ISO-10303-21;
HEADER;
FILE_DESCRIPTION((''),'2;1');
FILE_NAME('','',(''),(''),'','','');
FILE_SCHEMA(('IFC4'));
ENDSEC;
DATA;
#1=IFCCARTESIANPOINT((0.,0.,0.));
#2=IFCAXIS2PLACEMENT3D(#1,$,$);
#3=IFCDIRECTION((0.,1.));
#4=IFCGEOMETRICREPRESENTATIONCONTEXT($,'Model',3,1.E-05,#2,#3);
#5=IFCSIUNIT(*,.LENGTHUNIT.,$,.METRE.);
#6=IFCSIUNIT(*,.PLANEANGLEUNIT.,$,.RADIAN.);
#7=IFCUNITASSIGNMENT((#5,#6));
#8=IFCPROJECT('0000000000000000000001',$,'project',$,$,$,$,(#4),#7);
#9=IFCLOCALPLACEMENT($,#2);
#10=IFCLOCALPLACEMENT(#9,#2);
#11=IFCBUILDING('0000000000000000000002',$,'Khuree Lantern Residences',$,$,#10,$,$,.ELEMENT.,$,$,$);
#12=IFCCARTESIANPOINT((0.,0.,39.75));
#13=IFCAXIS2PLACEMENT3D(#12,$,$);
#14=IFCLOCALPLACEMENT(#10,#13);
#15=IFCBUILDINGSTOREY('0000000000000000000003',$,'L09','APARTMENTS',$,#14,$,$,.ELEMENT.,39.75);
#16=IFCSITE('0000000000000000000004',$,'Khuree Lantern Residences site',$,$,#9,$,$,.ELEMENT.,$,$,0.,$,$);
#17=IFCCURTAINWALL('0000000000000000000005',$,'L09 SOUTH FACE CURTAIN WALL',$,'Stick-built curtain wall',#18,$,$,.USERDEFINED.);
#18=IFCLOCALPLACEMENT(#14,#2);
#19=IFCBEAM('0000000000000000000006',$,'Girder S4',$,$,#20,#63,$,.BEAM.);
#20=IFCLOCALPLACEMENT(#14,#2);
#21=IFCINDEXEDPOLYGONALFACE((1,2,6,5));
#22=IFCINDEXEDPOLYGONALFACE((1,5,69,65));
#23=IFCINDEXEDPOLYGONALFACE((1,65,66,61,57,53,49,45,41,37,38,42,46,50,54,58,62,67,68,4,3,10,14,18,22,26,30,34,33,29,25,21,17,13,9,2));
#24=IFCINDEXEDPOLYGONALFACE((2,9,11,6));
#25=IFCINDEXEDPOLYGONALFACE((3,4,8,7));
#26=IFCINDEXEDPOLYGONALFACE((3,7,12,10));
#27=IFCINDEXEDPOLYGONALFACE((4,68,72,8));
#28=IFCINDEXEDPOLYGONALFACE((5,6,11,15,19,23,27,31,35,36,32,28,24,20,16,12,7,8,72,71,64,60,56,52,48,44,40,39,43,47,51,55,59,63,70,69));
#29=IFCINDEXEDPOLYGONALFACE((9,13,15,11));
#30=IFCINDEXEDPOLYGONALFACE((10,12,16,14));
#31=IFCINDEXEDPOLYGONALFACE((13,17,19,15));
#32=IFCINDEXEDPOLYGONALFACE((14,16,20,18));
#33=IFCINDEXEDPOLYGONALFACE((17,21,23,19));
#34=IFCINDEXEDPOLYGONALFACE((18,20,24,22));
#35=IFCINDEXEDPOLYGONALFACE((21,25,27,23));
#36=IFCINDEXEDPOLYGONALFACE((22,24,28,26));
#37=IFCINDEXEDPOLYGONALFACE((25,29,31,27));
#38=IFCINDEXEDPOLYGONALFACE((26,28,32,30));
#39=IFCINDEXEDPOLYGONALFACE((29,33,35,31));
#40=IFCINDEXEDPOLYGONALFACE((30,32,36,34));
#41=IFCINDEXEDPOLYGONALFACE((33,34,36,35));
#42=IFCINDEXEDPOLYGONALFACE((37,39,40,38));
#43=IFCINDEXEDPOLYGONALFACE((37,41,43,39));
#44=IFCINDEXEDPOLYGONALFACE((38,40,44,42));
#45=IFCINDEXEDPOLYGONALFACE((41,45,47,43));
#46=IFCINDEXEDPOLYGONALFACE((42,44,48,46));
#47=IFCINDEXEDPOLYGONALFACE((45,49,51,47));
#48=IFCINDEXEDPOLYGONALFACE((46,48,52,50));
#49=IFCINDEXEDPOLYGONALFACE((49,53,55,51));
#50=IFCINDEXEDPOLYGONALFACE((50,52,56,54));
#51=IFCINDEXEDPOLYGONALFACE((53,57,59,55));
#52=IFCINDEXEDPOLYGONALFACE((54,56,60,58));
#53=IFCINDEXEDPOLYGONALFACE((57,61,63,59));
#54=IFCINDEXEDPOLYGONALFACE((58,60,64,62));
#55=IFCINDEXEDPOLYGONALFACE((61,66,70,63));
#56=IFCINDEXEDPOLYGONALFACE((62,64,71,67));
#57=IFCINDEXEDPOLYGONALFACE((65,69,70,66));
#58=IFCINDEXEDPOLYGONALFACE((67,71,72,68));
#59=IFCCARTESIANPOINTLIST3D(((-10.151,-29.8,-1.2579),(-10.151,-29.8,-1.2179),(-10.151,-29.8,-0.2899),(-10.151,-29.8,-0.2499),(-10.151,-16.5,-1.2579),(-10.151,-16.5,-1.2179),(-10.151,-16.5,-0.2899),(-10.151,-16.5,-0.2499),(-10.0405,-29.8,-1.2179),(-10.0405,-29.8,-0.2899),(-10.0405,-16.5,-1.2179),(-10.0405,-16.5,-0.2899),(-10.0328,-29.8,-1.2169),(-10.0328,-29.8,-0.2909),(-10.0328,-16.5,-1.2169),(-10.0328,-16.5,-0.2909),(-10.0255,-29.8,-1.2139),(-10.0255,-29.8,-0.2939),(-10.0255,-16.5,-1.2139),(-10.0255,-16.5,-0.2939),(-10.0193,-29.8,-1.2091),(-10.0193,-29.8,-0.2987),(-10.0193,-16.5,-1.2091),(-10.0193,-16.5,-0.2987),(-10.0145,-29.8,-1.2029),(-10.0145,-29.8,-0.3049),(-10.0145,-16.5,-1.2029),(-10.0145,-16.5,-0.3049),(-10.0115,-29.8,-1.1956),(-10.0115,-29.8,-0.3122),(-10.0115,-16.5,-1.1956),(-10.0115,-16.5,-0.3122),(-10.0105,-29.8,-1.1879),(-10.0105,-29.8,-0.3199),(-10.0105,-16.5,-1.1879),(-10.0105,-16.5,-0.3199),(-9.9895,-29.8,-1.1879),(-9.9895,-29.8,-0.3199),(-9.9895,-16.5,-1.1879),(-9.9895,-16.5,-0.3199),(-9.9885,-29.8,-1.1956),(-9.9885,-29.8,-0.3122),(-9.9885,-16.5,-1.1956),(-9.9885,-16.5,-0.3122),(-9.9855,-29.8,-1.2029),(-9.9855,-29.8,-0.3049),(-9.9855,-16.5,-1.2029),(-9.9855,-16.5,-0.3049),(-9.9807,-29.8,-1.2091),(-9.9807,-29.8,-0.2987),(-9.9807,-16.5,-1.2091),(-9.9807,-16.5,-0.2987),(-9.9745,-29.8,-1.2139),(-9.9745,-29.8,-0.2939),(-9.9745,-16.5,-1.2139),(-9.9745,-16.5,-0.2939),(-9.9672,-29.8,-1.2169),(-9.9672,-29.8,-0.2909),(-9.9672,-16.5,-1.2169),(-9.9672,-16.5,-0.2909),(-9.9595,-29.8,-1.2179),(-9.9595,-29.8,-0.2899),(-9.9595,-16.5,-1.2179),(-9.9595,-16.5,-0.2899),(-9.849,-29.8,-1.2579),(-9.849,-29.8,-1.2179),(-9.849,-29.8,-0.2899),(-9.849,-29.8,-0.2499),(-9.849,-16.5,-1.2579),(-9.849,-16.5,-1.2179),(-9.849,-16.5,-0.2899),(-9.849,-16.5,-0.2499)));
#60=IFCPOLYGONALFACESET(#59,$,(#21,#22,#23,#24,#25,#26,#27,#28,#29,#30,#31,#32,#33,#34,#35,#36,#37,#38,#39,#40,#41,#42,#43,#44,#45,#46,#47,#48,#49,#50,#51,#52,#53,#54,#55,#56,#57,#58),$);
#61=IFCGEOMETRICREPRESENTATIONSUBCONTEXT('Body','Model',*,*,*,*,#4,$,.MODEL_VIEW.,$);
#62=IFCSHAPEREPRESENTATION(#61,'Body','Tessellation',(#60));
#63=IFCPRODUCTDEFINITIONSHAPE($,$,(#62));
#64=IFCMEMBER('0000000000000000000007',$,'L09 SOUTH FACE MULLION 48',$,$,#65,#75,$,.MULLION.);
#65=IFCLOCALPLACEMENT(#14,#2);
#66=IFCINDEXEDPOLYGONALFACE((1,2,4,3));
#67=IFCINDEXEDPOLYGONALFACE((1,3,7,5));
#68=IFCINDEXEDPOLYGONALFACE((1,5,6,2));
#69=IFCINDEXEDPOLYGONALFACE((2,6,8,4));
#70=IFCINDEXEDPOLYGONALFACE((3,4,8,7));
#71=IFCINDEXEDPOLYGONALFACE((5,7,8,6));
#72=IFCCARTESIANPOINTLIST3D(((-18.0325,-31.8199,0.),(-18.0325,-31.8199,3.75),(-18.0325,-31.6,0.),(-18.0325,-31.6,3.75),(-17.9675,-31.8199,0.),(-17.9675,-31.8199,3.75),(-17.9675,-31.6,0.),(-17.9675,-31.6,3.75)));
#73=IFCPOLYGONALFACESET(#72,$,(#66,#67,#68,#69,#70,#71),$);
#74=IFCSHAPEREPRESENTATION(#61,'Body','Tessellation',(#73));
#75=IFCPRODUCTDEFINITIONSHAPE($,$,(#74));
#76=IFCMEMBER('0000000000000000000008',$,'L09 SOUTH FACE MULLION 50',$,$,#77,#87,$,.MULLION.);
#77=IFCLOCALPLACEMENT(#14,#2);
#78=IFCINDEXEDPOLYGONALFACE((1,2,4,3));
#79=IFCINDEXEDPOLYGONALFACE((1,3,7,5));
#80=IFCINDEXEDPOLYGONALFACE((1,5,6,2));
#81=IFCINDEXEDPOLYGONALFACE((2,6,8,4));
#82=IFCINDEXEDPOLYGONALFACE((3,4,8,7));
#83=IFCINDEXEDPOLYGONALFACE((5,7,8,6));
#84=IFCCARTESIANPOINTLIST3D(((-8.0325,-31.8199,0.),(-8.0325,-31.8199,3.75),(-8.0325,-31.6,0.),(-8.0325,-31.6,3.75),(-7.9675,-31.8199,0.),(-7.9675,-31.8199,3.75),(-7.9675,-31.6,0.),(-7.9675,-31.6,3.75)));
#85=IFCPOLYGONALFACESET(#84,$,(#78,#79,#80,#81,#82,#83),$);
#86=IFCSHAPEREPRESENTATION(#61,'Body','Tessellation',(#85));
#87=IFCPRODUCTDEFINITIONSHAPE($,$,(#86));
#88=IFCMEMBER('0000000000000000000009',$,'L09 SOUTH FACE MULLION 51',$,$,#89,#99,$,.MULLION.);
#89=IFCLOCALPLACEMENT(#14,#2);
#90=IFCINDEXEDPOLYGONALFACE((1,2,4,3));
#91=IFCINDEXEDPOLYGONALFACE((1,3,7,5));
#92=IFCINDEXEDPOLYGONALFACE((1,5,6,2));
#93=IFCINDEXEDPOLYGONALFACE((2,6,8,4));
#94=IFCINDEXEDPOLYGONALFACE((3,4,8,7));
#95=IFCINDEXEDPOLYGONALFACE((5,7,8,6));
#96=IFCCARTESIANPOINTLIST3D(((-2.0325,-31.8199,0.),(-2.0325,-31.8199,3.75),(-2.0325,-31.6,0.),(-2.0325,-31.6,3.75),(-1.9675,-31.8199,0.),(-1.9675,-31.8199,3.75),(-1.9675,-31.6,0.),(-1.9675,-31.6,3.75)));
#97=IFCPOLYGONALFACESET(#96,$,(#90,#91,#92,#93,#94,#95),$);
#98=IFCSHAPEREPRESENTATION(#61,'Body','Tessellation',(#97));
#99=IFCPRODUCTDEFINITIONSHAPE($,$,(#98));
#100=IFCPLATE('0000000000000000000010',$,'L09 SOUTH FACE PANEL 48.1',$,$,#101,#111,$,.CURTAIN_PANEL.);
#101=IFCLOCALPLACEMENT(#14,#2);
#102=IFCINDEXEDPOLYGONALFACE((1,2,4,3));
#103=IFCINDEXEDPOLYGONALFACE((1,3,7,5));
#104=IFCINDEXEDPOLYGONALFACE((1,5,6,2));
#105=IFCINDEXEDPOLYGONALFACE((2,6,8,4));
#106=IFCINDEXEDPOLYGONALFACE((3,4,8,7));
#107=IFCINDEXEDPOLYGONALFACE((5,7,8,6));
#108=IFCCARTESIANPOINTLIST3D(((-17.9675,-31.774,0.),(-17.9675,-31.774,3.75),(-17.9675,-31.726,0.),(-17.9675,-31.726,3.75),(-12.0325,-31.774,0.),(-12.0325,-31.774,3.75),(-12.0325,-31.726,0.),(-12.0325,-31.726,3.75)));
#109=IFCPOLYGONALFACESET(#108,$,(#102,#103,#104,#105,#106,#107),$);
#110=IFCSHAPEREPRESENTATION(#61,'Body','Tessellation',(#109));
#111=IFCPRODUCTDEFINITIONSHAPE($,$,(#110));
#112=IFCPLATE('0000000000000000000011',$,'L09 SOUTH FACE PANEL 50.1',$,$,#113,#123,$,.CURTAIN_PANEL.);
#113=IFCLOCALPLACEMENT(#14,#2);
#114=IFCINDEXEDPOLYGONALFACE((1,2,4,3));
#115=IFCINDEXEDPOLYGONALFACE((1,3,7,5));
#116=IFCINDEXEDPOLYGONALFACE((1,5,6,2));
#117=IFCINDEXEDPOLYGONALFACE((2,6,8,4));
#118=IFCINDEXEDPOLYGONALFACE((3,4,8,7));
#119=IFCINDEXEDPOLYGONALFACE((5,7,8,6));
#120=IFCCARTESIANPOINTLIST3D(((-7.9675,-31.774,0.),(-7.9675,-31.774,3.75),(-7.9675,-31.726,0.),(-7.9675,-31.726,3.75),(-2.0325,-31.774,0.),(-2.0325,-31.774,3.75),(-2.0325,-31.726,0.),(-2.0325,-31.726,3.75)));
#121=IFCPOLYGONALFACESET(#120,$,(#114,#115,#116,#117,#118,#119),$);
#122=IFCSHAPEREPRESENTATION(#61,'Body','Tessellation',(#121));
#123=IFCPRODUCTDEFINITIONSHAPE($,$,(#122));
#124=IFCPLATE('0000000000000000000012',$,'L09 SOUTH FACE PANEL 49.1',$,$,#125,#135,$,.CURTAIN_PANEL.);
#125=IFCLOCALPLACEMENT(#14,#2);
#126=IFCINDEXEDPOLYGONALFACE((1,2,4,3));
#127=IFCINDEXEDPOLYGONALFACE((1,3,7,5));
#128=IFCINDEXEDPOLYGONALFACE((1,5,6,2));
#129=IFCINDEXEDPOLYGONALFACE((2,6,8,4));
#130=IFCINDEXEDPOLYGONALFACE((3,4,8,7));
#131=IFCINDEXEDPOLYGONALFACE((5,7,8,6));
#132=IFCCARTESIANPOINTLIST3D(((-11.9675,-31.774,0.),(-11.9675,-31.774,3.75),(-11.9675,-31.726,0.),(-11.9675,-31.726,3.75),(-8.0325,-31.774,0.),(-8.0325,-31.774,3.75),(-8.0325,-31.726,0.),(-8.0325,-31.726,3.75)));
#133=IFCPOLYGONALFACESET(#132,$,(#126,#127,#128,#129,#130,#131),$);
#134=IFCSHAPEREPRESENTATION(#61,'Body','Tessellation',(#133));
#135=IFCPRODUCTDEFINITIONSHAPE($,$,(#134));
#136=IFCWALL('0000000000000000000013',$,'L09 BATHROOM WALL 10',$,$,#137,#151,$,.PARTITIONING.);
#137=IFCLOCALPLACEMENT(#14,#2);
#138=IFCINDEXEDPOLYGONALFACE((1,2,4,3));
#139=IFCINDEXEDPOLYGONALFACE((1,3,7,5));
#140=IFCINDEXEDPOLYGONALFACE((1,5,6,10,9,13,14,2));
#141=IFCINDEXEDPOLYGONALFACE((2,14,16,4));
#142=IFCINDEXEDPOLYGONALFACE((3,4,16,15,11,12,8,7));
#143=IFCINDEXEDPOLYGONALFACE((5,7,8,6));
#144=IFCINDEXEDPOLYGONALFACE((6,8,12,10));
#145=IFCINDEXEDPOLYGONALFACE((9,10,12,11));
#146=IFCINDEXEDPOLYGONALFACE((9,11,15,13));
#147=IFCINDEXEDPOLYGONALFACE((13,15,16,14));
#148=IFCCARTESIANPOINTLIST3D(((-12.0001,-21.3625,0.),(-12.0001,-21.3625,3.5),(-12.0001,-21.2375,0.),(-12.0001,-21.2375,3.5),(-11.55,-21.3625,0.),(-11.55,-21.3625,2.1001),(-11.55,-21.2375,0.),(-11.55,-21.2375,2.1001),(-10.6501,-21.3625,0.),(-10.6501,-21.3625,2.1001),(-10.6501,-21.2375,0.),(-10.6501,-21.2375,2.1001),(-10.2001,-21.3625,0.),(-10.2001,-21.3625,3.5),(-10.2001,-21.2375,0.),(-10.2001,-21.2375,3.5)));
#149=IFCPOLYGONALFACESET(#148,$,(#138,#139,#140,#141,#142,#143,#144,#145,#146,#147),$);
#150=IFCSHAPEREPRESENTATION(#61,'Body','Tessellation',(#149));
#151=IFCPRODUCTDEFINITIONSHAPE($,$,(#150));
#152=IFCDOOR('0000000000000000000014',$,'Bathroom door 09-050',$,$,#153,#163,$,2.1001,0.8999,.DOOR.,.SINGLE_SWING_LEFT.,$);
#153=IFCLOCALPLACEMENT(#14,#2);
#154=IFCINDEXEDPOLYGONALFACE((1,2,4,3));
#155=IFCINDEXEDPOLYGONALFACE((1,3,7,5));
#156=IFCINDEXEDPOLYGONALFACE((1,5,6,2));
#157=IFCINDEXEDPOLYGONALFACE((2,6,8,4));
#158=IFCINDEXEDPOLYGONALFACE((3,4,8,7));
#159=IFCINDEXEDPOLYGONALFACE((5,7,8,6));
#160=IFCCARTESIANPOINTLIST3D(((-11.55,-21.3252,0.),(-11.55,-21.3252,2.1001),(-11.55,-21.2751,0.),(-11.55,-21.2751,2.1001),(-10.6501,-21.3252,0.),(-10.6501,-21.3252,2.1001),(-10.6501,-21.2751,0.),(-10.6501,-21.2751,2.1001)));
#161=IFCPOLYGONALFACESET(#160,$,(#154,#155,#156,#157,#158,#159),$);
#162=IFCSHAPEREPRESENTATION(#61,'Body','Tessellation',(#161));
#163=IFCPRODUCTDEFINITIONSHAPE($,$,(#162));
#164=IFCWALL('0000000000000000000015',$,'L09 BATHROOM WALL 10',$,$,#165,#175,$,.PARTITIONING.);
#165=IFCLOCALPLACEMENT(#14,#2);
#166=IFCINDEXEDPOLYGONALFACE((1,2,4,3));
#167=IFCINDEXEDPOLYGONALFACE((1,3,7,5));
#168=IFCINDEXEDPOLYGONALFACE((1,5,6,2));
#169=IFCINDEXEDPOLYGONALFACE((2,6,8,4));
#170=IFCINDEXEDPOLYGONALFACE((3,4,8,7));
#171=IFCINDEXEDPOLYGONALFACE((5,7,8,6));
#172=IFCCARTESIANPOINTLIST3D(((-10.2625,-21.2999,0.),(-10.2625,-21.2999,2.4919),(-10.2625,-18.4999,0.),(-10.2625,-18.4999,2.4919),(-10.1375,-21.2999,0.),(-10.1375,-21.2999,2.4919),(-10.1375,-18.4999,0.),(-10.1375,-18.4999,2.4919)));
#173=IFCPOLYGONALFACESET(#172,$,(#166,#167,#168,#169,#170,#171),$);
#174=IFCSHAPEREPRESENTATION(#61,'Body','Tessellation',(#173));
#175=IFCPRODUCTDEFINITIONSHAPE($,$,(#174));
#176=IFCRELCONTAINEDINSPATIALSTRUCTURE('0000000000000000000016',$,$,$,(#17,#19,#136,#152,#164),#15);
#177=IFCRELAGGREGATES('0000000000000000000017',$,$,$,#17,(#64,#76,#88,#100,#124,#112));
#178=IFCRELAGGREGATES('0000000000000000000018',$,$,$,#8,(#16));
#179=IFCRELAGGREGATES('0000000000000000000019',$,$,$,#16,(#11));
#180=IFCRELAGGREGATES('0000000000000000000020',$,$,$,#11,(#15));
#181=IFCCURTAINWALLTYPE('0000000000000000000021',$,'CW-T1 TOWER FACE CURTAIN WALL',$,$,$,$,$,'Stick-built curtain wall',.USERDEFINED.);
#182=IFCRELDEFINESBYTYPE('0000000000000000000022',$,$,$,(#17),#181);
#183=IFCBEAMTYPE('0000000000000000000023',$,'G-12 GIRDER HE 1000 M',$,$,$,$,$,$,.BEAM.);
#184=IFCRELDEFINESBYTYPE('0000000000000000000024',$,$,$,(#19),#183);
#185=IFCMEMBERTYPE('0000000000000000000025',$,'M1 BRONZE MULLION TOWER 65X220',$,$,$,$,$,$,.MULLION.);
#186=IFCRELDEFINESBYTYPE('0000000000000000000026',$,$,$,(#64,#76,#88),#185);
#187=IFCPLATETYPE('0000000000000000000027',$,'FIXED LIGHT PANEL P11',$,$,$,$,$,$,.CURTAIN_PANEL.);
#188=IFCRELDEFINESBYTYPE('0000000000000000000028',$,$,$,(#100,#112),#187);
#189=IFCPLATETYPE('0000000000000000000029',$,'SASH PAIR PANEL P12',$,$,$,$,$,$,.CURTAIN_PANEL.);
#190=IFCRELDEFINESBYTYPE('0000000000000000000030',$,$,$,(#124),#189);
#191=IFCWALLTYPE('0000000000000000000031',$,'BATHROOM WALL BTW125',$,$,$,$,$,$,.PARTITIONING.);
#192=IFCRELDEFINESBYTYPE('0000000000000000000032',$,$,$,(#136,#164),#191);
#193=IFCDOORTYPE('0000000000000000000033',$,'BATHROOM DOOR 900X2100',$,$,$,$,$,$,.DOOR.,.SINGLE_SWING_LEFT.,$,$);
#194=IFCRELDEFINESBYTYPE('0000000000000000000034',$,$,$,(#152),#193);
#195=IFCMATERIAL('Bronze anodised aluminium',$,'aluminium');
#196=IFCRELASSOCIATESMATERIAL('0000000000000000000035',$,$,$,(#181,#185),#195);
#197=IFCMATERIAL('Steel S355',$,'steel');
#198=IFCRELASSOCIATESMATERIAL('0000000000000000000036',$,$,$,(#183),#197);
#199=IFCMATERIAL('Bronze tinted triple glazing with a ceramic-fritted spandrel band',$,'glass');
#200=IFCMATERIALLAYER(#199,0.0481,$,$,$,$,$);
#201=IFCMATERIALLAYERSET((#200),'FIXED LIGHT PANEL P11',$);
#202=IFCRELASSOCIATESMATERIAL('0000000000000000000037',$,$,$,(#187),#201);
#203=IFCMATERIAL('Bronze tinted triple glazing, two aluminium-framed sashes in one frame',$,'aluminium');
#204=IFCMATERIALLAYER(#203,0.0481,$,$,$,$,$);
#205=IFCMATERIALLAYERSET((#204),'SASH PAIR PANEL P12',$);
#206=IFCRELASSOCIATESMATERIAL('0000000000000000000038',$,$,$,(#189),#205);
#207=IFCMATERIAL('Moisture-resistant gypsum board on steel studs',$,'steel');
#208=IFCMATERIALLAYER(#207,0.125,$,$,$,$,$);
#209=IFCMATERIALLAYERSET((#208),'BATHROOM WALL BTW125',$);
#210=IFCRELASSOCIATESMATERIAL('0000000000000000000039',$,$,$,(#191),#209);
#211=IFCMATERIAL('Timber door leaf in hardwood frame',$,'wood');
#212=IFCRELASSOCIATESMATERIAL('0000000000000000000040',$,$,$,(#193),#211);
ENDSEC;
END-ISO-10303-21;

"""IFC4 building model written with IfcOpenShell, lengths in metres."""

from ifc_helpers import new_model, si_unit, direction, frame, frame_2d, origin, origin_2d, place, context, subcontext, project, spatial, rectangle, i_section, extrude, material, layer, layer_set, material_profile, profile_set, type_object, element, fill, aggregate, save


model = new_model("IFC4")

# Units and contexts
model_context = context("Model", 3, precision=1e-05, world=origin(), true_north=direction((0.0, 1.0)))
body_context = subcontext(model_context, "Body", "Model", "MODEL_VIEW")
ifc_project = project(units=[si_unit("LENGTHUNIT", "METRE"), si_unit("PLANEANGLEUNIT", "RADIAN")], contexts=[model_context])

# Site, building, storey
site_placement = place(None, origin())
site = spatial("IfcSite", under=ifc_project, at=site_placement, Name="Khuree Lantern Residences site", CompositionType="ELEMENT", RefElevation=0.0)
building_placement = place(site_placement, origin())
building = spatial("IfcBuilding", under=site, at=building_placement, Name="Khuree Lantern Residences", CompositionType="ELEMENT")
storey_placement = place(building_placement, frame((0.0, 0.0, 39.75)))
storey = spatial("IfcBuildingStorey", under=building, at=storey_placement, Name="L09", Description="APARTMENTS", CompositionType="ELEMENT", Elevation=39.75)

# Shared definitions
ifc_material_1 = material(Name="Steel S355", Category="steel")

# Curtain wall
ifc_material_2 = material(Name="Bronze anodised aluminium", Category="aluminium")
curtain_wall_type = type_object("IfcCurtainWallType", Name="CW-T1 TOWER FACE CURTAIN WALL", ElementType="Stick-built curtain wall", PredefinedType="USERDEFINED", material=ifc_material_2)
curtain_wall_placement = place(storey_placement, origin())
curtain_wall = element("IfcCurtainWall", 1, at=curtain_wall_placement, inside=storey, type_object=curtain_wall_type, Name="L09 SOUTH FACE CURTAIN WALL", ObjectType="Stick-built curtain wall", PredefinedType="USERDEFINED")

# Beam
ifc_material_profile_1 = material_profile(ifc_material_1, i_section(OverallWidth=0.302, OverallDepth=1.0081, WebThickness=0.021, FlangeThickness=0.04, FilletRadius=0.03, at=origin_2d()), Name="HE 1000 M")
ifc_profile_set_1 = profile_set([ifc_material_profile_1], Name="Steel S355")
beam_type_1 = type_object("IfcBeamType", Name="G-12 GIRDER HE 1000 M", PredefinedType="BEAM", material=ifc_profile_set_1)
beam_1_placement = place(storey_placement, frame((-10.0, -29.8, -0.7539), z_axis=(0.0, 1.0, 0.0), x_axis=(-1.0, 0.0, 0.0)))
element("IfcBeam", 2, at=beam_1_placement, inside=storey, type_object=beam_type_1, Name="Girder S4", PredefinedType="BEAM", context=body_context, shape_type="SweptSolid", body=[
    extrude(i_section(OverallWidth=0.302, OverallDepth=1.0081, WebThickness=0.021, FlangeThickness=0.04, FilletRadius=0.03, at=origin_2d()), origin(), (0.0, 0.0, 1.0), 13.3),
])

# Members
ifc_material_profile_2 = material_profile(ifc_material_2, rectangle(XDim=0.0649, YDim=0.22, at=origin_2d()), Name="M1 65X220")
ifc_profile_set_2 = profile_set([ifc_material_profile_2], Name="Bronze anodised aluminium")
member_type_1 = type_object("IfcMemberType", Name="M1 BRONZE MULLION TOWER 65X220", PredefinedType="MULLION", material=ifc_profile_set_2)
member_1_placement = place(storey_placement, frame((-18.0, -31.71, 0.0), z_axis=(0.0, 0.0, 1.0), x_axis=(1.0, 0.0, 0.0)))
member_1 = element("IfcMember", 3, at=member_1_placement, type_object=member_type_1, Name="L09 SOUTH FACE MULLION 48", PredefinedType="MULLION", context=body_context, shape_type="SweptSolid", body=[
    extrude(rectangle(XDim=0.0649, YDim=0.22, at=origin_2d()), origin(), (0.0, 0.0, 1.0), 3.75),
])
member_2_placement = place(storey_placement, frame((-8.0, -31.71, 0.0), z_axis=(0.0, 0.0, 1.0), x_axis=(1.0, 0.0, 0.0)))
member_2 = element("IfcMember", 4, at=member_2_placement, type_object=member_type_1, Name="L09 SOUTH FACE MULLION 50", PredefinedType="MULLION", context=body_context, shape_type="SweptSolid", body=[
    extrude(rectangle(XDim=0.0649, YDim=0.22, at=origin_2d()), origin(), (0.0, 0.0, 1.0), 3.75),
])
member_3_placement = place(storey_placement, frame((-2.0, -31.71, 0.0), z_axis=(0.0, 0.0, 1.0), x_axis=(1.0, 0.0, 0.0)))
member_3 = element("IfcMember", 5, at=member_3_placement, type_object=member_type_1, Name="L09 SOUTH FACE MULLION 51", PredefinedType="MULLION", context=body_context, shape_type="SweptSolid", body=[
    extrude(rectangle(XDim=0.0649, YDim=0.22, at=origin_2d()), origin(), (0.0, 0.0, 1.0), 3.75),
])

# Plates
ifc_material_3 = material(Name="Bronze tinted triple glazing with a ceramic-fritted spandrel band", Category="glass")
ifc_layer_1 = layer(ifc_material_3, 0.0481)
ifc_layer_set_1 = layer_set([ifc_layer_1], Name="FIXED LIGHT PANEL P11")
plate_type_1 = type_object("IfcPlateType", Name="FIXED LIGHT PANEL P11", PredefinedType="CURTAIN_PANEL", material=ifc_layer_set_1)
plate_1_placement = place(storey_placement, frame((-15.0, -31.75, 0.0), z_axis=(0.0, 0.0, 1.0), x_axis=(1.0, 0.0, 0.0)))
plate_1 = element("IfcPlate", 6, at=plate_1_placement, type_object=plate_type_1, Name="L09 SOUTH FACE PANEL 48.1", PredefinedType="CURTAIN_PANEL", context=body_context, shape_type="SweptSolid", body=[
    extrude(rectangle(XDim=5.9351, YDim=0.0481, at=origin_2d()), origin(), (0.0, 0.0, 1.0), 3.75),
])
plate_2_placement = place(storey_placement, frame((-5.0, -31.75, 0.0), z_axis=(0.0, 0.0, 1.0), x_axis=(1.0, 0.0, 0.0)))
plate_2 = element("IfcPlate", 7, at=plate_2_placement, type_object=plate_type_1, Name="L09 SOUTH FACE PANEL 50.1", PredefinedType="CURTAIN_PANEL", context=body_context, shape_type="SweptSolid", body=[
    extrude(rectangle(XDim=5.9351, YDim=0.0481, at=origin_2d()), origin(), (0.0, 0.0, 1.0), 3.75),
])
ifc_material_4 = material(Name="Bronze tinted triple glazing, two aluminium-framed sashes in one frame", Category="aluminium")
ifc_layer_2 = layer(ifc_material_4, 0.0481)
ifc_layer_set_2 = layer_set([ifc_layer_2], Name="SASH PAIR PANEL P12")
plate_type_2 = type_object("IfcPlateType", Name="SASH PAIR PANEL P12", PredefinedType="CURTAIN_PANEL", material=ifc_layer_set_2)
plate_3_placement = place(storey_placement, frame((-10.0, -31.75, 0.0), z_axis=(0.0, 0.0, 1.0), x_axis=(1.0, 0.0, 0.0)))
plate_3 = element("IfcPlate", 8, at=plate_3_placement, type_object=plate_type_2, Name="L09 SOUTH FACE PANEL 49.1", PredefinedType="CURTAIN_PANEL", context=body_context, shape_type="SweptSolid", body=[
    extrude(rectangle(XDim=3.9351, YDim=0.0481, at=origin_2d()), origin(), (0.0, 0.0, 1.0), 3.75),
])
aggregate(curtain_wall, [member_1, member_2, member_3, plate_1, plate_3, plate_2])

# Wall, opening, door
ifc_material_5 = material(Name="Moisture-resistant gypsum board on steel studs", Category="steel")
ifc_layer_3 = layer(ifc_material_5, 0.125)
ifc_layer_set_3 = layer_set([ifc_layer_3], Name="BATHROOM WALL BTW125")
wall_type_1 = type_object("IfcWallType", Name="BATHROOM WALL BTW125", PredefinedType="PARTITIONING", material=ifc_layer_set_3)
wall_1_placement = place(storey_placement, frame((-12.0, -21.3, 0.0), z_axis=(0.0, 0.0, 1.0), x_axis=(1.0, 0.0, 0.0)))
wall_1 = element("IfcWall", 9, at=wall_1_placement, inside=storey, type_object=wall_type_1, Name="L09 BATHROOM WALL 10", PredefinedType="PARTITIONING", context=body_context, shape_type="SweptSolid", body=[
    extrude(rectangle(XDim=1.8, YDim=0.125, at=frame_2d((0.8999, 0.0))), origin(), (0.0, 0.0, 1.0), 3.5),
])
opening_1_placement = place(wall_1_placement, frame((0.45, 0.0, 0.0)))
opening_1 = element("IfcOpeningElement", 10, at=opening_1_placement, cuts=wall_1, PredefinedType="OPENING", context=body_context, shape_type="SweptSolid", body=[
    extrude(rectangle(XDim=0.8999, YDim=2.1001, at=frame_2d((0.45, 1.05))), frame((0.0, 0.0725, 0.0), z_axis=(0.0, -1.0, 0.0), x_axis=(1.0, 0.0, 0.0)), (0.0, 0.0, 1.0), 0.145),
])
ifc_material_6 = material(Name="Timber door leaf in hardwood frame", Category="wood")
door_type_1 = type_object("IfcDoorType", Name="BATHROOM DOOR 900X2100", OperationType="SINGLE_SWING_LEFT", PredefinedType="DOOR", material=ifc_material_6)
door_1_placement = place(opening_1_placement, origin())
door_1 = element("IfcDoor", 11, at=door_1_placement, inside=storey, type_object=door_type_1, Name="Bathroom door 09-050", OperationType="SINGLE_SWING_LEFT", OverallHeight=2.1001, OverallWidth=0.8999, PredefinedType="DOOR", context=body_context, shape_type="SweptSolid", body=[
    extrude(rectangle(XDim=0.8999, YDim=2.1001, at=frame_2d((0.45, 1.05))), frame((0.0, 0.0249, 0.0), z_axis=(0.0, -1.0, 0.0), x_axis=(1.0, 0.0, 0.0)), (0.0, 0.0, 1.0), 0.05),
])
fill(opening_1, door_1)

# Wall
wall_2_placement = place(storey_placement, frame((-10.2, -18.5, 0.0), z_axis=(0.0, 0.0, 1.0), x_axis=(0.0, -1.0, 0.0)))
element("IfcWall", 12, at=wall_2_placement, inside=storey, type_object=wall_type_1, Name="L09 BATHROOM WALL 10", PredefinedType="PARTITIONING", context=body_context, shape_type="SweptSolid", body=[
    extrude(rectangle(XDim=2.8, YDim=0.125, at=frame_2d((1.3999, 0.0))), origin(), (0.0, 0.0, 1.0), 2.4919),
])

save(model, "model.ifc")
